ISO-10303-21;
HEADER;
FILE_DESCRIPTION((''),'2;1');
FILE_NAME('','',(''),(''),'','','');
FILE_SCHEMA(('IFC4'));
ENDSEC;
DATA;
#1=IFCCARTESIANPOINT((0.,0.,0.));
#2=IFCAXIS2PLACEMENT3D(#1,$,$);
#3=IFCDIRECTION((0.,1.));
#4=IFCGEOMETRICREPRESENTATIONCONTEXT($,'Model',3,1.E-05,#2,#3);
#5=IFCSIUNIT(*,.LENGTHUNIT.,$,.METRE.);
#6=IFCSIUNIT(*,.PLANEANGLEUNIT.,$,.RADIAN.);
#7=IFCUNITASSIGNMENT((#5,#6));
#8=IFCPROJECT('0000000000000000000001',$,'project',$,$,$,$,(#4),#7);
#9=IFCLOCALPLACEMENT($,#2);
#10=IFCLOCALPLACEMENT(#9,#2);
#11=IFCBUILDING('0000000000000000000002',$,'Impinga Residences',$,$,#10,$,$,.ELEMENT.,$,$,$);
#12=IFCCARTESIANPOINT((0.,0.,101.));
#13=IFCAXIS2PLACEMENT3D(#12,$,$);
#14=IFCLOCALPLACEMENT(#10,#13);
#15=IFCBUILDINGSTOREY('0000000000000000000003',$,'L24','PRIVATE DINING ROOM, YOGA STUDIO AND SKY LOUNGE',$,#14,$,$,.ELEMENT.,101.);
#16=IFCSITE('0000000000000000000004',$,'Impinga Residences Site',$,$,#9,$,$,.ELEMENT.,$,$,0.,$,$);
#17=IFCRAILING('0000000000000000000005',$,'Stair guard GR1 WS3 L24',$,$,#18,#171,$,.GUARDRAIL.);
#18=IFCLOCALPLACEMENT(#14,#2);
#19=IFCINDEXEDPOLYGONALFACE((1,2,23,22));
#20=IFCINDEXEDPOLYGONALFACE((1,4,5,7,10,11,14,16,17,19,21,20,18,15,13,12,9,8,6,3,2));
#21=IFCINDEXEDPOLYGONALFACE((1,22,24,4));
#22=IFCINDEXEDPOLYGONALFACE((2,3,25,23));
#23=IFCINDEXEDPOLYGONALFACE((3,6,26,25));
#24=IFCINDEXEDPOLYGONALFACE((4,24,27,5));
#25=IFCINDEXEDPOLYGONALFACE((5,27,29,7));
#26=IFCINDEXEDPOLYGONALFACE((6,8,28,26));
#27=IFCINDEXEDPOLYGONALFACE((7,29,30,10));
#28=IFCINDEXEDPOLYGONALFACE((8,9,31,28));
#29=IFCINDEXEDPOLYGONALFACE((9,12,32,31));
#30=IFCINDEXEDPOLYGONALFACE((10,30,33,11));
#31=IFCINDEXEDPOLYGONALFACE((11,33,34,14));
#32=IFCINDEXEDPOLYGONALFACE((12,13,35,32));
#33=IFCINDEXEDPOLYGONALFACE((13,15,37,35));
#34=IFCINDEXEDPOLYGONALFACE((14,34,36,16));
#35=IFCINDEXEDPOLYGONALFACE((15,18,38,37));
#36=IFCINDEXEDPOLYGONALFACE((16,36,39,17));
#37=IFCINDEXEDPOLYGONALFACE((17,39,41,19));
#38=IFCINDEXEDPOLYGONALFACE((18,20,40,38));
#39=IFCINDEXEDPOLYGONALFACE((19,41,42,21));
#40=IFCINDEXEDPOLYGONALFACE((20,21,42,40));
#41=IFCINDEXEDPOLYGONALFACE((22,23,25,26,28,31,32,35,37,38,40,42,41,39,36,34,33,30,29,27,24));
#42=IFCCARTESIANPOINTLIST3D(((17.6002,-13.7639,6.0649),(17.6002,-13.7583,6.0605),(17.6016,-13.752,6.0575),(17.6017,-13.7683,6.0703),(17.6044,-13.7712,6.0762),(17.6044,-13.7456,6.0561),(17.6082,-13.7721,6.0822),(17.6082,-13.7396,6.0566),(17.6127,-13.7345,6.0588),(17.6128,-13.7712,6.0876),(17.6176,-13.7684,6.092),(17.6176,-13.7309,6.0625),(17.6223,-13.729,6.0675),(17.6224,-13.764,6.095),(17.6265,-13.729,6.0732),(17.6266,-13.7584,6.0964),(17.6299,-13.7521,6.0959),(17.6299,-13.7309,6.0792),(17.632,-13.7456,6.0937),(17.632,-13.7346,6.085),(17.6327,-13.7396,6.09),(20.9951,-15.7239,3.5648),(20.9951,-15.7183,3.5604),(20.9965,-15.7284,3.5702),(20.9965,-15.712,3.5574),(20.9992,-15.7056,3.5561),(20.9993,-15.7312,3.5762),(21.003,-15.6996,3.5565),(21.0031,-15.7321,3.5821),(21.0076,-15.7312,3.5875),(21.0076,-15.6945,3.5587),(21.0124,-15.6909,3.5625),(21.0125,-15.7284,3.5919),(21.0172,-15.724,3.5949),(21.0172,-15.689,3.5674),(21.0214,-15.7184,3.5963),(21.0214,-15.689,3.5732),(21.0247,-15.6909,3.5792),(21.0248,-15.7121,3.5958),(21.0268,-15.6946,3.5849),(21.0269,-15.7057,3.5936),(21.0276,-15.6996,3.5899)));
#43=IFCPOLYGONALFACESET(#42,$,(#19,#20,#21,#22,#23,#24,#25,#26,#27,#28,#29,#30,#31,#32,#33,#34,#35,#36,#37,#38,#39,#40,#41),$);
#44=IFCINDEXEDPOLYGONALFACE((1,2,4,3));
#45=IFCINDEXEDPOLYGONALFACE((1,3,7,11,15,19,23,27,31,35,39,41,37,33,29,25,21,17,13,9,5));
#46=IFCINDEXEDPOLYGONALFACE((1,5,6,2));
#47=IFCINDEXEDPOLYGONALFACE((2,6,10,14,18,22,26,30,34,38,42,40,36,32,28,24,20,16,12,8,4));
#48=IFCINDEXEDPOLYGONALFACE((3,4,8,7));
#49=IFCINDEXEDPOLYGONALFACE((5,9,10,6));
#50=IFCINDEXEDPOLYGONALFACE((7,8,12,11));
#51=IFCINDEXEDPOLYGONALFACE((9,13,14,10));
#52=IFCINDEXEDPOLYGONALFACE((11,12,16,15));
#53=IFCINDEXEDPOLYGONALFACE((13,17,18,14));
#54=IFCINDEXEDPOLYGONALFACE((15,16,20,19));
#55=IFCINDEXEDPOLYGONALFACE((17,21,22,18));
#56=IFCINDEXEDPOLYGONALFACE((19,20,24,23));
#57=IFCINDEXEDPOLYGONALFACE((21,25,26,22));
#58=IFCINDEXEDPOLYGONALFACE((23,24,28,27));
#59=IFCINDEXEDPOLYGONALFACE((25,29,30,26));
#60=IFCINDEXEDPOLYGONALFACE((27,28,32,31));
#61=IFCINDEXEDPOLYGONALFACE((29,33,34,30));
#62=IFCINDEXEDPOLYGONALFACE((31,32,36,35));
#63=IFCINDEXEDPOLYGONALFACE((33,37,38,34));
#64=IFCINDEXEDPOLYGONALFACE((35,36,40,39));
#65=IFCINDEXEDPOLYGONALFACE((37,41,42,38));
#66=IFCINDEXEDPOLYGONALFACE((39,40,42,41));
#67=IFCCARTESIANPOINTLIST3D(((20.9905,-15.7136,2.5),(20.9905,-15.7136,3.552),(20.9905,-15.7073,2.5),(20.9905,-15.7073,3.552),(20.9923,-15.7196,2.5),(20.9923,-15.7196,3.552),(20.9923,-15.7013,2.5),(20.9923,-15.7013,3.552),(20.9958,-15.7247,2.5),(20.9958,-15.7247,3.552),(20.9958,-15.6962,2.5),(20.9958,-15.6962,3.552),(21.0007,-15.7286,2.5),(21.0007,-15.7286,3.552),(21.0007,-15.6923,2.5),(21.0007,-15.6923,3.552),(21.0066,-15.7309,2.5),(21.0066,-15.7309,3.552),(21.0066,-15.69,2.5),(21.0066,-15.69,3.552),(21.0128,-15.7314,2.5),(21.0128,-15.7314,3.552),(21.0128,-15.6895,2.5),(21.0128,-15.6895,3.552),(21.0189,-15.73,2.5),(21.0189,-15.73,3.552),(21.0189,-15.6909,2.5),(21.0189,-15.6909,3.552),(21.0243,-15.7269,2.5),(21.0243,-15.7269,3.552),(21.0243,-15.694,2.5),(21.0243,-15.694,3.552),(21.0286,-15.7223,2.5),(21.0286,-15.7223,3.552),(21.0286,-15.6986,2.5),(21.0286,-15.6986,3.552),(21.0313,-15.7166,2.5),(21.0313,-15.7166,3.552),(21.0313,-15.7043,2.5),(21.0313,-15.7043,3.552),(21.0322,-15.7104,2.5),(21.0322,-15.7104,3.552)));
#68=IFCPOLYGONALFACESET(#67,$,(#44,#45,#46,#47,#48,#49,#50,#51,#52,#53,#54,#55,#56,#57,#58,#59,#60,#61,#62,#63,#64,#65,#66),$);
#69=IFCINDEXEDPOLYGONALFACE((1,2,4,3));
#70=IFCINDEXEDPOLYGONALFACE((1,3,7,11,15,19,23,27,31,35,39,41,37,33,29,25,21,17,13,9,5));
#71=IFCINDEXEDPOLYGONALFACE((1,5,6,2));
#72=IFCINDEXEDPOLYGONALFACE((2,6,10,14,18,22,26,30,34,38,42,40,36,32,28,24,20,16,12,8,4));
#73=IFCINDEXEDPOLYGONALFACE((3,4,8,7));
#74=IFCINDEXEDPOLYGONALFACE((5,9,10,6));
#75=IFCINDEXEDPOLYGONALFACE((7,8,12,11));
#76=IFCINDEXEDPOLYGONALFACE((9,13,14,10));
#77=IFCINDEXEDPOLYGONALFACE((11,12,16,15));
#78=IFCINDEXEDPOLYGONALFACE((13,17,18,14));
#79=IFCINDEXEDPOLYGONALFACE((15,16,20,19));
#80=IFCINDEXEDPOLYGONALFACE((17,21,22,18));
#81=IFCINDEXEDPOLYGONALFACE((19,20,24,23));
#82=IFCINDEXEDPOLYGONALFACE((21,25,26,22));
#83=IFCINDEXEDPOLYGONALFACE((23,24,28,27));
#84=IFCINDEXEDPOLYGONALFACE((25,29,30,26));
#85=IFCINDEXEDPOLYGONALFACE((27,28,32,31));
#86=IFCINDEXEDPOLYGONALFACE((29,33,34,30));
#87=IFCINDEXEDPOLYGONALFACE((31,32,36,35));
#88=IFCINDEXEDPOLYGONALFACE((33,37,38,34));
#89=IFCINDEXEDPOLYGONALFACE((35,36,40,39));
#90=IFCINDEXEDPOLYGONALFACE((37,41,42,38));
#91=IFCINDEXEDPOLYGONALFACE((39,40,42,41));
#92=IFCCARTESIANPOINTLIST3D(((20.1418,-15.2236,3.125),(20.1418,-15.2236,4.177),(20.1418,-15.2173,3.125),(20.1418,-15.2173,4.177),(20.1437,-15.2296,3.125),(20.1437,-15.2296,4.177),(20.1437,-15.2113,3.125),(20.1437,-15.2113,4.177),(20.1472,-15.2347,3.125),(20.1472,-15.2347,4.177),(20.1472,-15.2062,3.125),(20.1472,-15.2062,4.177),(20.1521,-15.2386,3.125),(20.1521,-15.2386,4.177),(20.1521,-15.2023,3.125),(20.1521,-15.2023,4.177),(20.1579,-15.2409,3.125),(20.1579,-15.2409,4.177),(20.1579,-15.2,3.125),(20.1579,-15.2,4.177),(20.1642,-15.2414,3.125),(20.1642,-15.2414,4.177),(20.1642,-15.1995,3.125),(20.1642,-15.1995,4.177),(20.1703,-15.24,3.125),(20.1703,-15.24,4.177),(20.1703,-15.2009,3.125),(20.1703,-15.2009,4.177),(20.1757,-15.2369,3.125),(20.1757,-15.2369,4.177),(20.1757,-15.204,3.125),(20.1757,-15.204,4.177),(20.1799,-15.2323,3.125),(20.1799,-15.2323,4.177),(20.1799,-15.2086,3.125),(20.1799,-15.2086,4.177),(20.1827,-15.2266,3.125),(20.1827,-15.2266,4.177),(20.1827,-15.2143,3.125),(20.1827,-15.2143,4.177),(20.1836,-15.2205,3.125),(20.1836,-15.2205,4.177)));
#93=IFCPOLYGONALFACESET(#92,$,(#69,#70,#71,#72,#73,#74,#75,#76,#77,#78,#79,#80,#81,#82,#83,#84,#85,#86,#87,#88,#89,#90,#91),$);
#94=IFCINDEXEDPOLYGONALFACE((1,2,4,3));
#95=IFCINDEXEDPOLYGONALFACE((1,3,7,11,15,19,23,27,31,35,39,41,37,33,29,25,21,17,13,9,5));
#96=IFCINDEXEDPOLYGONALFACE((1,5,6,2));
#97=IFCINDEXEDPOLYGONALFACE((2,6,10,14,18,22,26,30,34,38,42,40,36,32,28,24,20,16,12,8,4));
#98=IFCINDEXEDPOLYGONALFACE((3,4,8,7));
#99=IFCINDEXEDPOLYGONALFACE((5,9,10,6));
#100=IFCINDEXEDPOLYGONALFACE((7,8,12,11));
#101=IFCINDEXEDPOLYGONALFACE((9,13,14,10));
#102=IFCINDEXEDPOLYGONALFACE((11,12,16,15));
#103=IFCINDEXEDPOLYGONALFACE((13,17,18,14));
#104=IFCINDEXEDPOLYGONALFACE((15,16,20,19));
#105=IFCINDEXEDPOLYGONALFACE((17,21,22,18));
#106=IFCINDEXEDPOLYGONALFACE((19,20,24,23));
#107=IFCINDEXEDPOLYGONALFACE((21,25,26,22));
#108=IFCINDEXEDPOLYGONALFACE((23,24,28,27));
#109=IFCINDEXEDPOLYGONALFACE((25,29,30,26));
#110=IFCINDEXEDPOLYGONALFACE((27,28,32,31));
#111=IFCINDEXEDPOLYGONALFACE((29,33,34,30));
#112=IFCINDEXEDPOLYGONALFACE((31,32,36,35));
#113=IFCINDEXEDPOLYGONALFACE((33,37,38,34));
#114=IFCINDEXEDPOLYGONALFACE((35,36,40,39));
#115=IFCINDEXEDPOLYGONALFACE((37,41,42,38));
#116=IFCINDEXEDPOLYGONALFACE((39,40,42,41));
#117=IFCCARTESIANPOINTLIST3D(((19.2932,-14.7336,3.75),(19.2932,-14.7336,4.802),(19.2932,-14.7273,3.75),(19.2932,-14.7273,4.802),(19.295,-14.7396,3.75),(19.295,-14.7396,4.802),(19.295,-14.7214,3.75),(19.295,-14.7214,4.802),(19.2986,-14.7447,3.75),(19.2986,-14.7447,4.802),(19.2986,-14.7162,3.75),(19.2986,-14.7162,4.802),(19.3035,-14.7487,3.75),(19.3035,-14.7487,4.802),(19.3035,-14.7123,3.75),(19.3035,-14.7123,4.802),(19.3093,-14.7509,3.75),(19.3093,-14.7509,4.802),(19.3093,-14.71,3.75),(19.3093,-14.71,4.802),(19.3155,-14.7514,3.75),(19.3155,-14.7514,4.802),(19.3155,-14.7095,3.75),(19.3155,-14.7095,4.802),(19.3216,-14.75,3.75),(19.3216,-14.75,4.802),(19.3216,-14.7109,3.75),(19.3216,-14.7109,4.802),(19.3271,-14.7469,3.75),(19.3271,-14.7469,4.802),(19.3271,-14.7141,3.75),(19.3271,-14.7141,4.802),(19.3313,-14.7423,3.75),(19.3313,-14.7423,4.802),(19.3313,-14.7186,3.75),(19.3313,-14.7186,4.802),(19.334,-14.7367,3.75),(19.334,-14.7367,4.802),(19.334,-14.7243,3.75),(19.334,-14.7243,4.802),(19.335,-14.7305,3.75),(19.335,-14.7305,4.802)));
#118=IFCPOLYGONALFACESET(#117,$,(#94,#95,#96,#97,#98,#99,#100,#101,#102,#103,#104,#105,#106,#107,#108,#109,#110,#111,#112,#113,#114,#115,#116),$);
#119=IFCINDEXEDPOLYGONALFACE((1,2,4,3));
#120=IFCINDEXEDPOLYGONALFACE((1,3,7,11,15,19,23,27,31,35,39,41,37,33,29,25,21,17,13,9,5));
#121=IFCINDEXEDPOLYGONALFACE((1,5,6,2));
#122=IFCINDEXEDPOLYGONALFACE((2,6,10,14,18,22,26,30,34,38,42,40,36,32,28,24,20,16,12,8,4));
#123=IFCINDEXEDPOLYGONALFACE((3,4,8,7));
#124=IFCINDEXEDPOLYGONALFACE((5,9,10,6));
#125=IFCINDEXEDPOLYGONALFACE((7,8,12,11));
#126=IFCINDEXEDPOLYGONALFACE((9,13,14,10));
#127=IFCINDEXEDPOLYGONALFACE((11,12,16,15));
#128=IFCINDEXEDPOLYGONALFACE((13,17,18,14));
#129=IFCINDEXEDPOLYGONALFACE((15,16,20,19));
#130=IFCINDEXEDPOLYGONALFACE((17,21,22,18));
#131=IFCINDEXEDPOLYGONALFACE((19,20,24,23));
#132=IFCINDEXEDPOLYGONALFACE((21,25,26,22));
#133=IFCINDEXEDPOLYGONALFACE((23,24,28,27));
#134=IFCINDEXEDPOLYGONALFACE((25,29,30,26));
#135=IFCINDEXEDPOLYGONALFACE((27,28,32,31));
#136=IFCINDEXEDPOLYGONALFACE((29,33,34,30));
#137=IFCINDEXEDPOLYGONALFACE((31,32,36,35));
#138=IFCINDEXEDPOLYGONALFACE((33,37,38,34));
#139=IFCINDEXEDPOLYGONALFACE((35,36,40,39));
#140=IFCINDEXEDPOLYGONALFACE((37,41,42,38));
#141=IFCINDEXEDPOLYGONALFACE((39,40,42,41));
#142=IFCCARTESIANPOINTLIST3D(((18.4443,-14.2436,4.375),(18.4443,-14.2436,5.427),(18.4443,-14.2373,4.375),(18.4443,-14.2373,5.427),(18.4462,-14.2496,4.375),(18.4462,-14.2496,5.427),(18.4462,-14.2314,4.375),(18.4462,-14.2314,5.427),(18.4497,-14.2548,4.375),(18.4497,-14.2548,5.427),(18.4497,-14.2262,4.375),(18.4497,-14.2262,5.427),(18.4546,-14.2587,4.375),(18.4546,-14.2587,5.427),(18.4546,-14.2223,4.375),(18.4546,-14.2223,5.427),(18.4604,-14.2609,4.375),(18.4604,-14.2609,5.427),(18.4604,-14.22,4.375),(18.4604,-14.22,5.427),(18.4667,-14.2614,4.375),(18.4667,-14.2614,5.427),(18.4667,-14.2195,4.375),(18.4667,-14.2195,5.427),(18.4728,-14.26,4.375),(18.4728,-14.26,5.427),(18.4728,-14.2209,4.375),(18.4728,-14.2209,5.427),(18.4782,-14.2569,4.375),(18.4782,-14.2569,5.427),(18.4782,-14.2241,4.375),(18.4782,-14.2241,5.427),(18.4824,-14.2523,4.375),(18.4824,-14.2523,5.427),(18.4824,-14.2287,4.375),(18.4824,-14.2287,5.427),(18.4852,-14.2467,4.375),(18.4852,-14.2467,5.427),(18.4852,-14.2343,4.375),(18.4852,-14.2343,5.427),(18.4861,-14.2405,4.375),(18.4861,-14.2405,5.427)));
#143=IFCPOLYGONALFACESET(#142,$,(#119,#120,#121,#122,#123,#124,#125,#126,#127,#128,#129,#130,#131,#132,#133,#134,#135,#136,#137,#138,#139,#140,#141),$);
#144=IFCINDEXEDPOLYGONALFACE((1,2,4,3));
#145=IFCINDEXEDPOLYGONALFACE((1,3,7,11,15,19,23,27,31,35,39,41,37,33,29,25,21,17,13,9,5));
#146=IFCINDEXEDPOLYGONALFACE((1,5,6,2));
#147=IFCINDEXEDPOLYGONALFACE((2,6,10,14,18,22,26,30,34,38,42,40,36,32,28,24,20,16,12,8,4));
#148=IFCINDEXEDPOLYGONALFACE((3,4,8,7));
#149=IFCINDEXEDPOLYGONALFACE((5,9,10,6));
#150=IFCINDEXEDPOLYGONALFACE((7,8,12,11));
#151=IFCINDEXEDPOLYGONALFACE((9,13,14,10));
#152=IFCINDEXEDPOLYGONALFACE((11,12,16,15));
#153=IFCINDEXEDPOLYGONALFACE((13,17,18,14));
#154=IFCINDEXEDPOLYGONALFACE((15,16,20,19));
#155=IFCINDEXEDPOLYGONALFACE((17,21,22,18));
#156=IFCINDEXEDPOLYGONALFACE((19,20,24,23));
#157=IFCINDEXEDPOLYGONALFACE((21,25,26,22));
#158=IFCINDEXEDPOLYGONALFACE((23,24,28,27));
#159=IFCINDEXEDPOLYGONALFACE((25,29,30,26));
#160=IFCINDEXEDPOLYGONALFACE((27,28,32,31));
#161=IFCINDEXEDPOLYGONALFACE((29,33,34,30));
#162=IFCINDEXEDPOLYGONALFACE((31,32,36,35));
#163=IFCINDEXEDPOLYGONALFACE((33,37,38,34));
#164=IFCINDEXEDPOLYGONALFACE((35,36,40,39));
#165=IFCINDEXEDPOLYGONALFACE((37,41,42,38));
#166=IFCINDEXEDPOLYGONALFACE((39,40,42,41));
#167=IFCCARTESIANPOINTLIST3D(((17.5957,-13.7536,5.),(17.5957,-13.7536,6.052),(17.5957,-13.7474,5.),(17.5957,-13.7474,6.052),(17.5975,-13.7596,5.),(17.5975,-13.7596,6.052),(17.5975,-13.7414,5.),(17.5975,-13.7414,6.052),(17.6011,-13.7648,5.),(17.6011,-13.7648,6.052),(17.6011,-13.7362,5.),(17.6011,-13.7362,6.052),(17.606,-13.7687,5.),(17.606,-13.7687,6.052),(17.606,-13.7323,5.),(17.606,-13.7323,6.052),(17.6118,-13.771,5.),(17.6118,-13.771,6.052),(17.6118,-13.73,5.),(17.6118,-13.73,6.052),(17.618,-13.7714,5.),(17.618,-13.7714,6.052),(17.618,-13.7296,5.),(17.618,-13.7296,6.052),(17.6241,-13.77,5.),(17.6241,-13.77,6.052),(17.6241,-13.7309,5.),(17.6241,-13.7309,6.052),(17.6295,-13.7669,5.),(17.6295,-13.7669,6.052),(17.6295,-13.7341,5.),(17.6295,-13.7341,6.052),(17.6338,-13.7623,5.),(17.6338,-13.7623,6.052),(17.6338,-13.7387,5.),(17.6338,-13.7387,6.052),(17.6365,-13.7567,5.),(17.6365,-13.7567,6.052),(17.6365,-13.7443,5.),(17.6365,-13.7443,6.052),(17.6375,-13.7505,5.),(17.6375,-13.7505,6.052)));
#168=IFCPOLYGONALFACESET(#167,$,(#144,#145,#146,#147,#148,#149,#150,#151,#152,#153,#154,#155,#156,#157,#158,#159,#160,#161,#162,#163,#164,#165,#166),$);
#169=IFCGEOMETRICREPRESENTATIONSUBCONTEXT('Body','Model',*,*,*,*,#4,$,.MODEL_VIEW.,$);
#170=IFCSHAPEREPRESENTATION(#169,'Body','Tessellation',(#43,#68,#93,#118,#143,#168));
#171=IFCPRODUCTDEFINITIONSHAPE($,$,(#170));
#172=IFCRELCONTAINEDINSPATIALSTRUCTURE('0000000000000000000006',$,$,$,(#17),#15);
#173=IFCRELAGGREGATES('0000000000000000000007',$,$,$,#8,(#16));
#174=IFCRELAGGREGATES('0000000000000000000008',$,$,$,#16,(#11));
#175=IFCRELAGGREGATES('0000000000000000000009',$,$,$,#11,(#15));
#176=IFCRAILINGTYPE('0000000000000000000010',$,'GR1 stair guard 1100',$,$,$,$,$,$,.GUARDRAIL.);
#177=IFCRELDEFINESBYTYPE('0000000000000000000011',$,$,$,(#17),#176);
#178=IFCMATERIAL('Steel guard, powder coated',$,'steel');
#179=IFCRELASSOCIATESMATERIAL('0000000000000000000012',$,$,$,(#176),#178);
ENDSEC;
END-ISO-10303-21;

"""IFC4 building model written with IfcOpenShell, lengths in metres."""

from ifc_helpers import new_model, si_unit, direction, frame, origin, origin_2d, place, context, subcontext, project, spatial, circle, extrude, material, type_object, element, save


model = new_model("IFC4")

# Units and contexts
model_context = context("Model", 3, precision=1e-05, world=origin(), true_north=direction((0.0, 1.0)))
body_context = subcontext(model_context, "Body", "Model", "MODEL_VIEW")
ifc_project = project(units=[si_unit("LENGTHUNIT", "METRE"), si_unit("PLANEANGLEUNIT", "RADIAN")], contexts=[model_context])

# Site, building, storey
site_placement = place(None, origin())
site = spatial("IfcSite", under=ifc_project, at=site_placement, Name="Impinga Residences Site", CompositionType="ELEMENT", RefElevation=0.0)
building_placement = place(site_placement, origin())
building = spatial("IfcBuilding", under=site, at=building_placement, Name="Impinga Residences", CompositionType="ELEMENT")
storey_placement = place(building_placement, frame((0.0, 0.0, 101.0)))
storey = spatial("IfcBuildingStorey", under=building, at=storey_placement, Name="L24", Description="PRIVATE DINING ROOM, YOGA STUDIO AND SKY LOUNGE", CompositionType="ELEMENT", Elevation=101.0)

# Railing
ifc_material_1 = material(Name="Steel guard, powder coated", Category="steel")
railing_type_1 = type_object("IfcRailingType", Name="GR1 stair guard 1100", PredefinedType="GUARDRAIL", material=ifc_material_1)
railing_1_placement = place(storey_placement, frame((21.0112, -15.7104, 2.5)))
element("IfcRailing", 1, at=railing_1_placement, inside=storey, type_object=railing_type_1, Name="Stair guard GR1 WS3 L24", PredefinedType="GUARDRAIL", context=body_context, shape_type="SweptSolid", body=[
    extrude(circle(Radius=0.0239, at=origin_2d()), frame((0.0, 0.0, 1.0762), z_axis=(-0.73017, 0.421561, 0.537716), x_axis=(-0.499997, -0.866027, 0.0)), (0.0, 0.0, 1.0), 4.6494),
    extrude(circle(Radius=0.021, at=origin_2d()), origin(), (0.0, 0.0, 1.0), 1.052),
    extrude(circle(Radius=0.021, at=origin_2d()), frame((-0.8486, 0.49, 0.625)), (0.0, 0.0, 1.0), 1.052),
    extrude(circle(Radius=0.021, at=origin_2d()), frame((-1.6973, 0.98, 1.25)), (0.0, 0.0, 1.0), 1.052),
    extrude(circle(Radius=0.021, at=origin_2d()), frame((-2.5461, 1.47, 1.875)), (0.0, 0.0, 1.0), 1.052),
    extrude(circle(Radius=0.021, at=origin_2d()), frame((-3.3948, 1.96, 2.5)), (0.0, 0.0, 1.0), 1.052),
])

save(model, "model.ifc")
